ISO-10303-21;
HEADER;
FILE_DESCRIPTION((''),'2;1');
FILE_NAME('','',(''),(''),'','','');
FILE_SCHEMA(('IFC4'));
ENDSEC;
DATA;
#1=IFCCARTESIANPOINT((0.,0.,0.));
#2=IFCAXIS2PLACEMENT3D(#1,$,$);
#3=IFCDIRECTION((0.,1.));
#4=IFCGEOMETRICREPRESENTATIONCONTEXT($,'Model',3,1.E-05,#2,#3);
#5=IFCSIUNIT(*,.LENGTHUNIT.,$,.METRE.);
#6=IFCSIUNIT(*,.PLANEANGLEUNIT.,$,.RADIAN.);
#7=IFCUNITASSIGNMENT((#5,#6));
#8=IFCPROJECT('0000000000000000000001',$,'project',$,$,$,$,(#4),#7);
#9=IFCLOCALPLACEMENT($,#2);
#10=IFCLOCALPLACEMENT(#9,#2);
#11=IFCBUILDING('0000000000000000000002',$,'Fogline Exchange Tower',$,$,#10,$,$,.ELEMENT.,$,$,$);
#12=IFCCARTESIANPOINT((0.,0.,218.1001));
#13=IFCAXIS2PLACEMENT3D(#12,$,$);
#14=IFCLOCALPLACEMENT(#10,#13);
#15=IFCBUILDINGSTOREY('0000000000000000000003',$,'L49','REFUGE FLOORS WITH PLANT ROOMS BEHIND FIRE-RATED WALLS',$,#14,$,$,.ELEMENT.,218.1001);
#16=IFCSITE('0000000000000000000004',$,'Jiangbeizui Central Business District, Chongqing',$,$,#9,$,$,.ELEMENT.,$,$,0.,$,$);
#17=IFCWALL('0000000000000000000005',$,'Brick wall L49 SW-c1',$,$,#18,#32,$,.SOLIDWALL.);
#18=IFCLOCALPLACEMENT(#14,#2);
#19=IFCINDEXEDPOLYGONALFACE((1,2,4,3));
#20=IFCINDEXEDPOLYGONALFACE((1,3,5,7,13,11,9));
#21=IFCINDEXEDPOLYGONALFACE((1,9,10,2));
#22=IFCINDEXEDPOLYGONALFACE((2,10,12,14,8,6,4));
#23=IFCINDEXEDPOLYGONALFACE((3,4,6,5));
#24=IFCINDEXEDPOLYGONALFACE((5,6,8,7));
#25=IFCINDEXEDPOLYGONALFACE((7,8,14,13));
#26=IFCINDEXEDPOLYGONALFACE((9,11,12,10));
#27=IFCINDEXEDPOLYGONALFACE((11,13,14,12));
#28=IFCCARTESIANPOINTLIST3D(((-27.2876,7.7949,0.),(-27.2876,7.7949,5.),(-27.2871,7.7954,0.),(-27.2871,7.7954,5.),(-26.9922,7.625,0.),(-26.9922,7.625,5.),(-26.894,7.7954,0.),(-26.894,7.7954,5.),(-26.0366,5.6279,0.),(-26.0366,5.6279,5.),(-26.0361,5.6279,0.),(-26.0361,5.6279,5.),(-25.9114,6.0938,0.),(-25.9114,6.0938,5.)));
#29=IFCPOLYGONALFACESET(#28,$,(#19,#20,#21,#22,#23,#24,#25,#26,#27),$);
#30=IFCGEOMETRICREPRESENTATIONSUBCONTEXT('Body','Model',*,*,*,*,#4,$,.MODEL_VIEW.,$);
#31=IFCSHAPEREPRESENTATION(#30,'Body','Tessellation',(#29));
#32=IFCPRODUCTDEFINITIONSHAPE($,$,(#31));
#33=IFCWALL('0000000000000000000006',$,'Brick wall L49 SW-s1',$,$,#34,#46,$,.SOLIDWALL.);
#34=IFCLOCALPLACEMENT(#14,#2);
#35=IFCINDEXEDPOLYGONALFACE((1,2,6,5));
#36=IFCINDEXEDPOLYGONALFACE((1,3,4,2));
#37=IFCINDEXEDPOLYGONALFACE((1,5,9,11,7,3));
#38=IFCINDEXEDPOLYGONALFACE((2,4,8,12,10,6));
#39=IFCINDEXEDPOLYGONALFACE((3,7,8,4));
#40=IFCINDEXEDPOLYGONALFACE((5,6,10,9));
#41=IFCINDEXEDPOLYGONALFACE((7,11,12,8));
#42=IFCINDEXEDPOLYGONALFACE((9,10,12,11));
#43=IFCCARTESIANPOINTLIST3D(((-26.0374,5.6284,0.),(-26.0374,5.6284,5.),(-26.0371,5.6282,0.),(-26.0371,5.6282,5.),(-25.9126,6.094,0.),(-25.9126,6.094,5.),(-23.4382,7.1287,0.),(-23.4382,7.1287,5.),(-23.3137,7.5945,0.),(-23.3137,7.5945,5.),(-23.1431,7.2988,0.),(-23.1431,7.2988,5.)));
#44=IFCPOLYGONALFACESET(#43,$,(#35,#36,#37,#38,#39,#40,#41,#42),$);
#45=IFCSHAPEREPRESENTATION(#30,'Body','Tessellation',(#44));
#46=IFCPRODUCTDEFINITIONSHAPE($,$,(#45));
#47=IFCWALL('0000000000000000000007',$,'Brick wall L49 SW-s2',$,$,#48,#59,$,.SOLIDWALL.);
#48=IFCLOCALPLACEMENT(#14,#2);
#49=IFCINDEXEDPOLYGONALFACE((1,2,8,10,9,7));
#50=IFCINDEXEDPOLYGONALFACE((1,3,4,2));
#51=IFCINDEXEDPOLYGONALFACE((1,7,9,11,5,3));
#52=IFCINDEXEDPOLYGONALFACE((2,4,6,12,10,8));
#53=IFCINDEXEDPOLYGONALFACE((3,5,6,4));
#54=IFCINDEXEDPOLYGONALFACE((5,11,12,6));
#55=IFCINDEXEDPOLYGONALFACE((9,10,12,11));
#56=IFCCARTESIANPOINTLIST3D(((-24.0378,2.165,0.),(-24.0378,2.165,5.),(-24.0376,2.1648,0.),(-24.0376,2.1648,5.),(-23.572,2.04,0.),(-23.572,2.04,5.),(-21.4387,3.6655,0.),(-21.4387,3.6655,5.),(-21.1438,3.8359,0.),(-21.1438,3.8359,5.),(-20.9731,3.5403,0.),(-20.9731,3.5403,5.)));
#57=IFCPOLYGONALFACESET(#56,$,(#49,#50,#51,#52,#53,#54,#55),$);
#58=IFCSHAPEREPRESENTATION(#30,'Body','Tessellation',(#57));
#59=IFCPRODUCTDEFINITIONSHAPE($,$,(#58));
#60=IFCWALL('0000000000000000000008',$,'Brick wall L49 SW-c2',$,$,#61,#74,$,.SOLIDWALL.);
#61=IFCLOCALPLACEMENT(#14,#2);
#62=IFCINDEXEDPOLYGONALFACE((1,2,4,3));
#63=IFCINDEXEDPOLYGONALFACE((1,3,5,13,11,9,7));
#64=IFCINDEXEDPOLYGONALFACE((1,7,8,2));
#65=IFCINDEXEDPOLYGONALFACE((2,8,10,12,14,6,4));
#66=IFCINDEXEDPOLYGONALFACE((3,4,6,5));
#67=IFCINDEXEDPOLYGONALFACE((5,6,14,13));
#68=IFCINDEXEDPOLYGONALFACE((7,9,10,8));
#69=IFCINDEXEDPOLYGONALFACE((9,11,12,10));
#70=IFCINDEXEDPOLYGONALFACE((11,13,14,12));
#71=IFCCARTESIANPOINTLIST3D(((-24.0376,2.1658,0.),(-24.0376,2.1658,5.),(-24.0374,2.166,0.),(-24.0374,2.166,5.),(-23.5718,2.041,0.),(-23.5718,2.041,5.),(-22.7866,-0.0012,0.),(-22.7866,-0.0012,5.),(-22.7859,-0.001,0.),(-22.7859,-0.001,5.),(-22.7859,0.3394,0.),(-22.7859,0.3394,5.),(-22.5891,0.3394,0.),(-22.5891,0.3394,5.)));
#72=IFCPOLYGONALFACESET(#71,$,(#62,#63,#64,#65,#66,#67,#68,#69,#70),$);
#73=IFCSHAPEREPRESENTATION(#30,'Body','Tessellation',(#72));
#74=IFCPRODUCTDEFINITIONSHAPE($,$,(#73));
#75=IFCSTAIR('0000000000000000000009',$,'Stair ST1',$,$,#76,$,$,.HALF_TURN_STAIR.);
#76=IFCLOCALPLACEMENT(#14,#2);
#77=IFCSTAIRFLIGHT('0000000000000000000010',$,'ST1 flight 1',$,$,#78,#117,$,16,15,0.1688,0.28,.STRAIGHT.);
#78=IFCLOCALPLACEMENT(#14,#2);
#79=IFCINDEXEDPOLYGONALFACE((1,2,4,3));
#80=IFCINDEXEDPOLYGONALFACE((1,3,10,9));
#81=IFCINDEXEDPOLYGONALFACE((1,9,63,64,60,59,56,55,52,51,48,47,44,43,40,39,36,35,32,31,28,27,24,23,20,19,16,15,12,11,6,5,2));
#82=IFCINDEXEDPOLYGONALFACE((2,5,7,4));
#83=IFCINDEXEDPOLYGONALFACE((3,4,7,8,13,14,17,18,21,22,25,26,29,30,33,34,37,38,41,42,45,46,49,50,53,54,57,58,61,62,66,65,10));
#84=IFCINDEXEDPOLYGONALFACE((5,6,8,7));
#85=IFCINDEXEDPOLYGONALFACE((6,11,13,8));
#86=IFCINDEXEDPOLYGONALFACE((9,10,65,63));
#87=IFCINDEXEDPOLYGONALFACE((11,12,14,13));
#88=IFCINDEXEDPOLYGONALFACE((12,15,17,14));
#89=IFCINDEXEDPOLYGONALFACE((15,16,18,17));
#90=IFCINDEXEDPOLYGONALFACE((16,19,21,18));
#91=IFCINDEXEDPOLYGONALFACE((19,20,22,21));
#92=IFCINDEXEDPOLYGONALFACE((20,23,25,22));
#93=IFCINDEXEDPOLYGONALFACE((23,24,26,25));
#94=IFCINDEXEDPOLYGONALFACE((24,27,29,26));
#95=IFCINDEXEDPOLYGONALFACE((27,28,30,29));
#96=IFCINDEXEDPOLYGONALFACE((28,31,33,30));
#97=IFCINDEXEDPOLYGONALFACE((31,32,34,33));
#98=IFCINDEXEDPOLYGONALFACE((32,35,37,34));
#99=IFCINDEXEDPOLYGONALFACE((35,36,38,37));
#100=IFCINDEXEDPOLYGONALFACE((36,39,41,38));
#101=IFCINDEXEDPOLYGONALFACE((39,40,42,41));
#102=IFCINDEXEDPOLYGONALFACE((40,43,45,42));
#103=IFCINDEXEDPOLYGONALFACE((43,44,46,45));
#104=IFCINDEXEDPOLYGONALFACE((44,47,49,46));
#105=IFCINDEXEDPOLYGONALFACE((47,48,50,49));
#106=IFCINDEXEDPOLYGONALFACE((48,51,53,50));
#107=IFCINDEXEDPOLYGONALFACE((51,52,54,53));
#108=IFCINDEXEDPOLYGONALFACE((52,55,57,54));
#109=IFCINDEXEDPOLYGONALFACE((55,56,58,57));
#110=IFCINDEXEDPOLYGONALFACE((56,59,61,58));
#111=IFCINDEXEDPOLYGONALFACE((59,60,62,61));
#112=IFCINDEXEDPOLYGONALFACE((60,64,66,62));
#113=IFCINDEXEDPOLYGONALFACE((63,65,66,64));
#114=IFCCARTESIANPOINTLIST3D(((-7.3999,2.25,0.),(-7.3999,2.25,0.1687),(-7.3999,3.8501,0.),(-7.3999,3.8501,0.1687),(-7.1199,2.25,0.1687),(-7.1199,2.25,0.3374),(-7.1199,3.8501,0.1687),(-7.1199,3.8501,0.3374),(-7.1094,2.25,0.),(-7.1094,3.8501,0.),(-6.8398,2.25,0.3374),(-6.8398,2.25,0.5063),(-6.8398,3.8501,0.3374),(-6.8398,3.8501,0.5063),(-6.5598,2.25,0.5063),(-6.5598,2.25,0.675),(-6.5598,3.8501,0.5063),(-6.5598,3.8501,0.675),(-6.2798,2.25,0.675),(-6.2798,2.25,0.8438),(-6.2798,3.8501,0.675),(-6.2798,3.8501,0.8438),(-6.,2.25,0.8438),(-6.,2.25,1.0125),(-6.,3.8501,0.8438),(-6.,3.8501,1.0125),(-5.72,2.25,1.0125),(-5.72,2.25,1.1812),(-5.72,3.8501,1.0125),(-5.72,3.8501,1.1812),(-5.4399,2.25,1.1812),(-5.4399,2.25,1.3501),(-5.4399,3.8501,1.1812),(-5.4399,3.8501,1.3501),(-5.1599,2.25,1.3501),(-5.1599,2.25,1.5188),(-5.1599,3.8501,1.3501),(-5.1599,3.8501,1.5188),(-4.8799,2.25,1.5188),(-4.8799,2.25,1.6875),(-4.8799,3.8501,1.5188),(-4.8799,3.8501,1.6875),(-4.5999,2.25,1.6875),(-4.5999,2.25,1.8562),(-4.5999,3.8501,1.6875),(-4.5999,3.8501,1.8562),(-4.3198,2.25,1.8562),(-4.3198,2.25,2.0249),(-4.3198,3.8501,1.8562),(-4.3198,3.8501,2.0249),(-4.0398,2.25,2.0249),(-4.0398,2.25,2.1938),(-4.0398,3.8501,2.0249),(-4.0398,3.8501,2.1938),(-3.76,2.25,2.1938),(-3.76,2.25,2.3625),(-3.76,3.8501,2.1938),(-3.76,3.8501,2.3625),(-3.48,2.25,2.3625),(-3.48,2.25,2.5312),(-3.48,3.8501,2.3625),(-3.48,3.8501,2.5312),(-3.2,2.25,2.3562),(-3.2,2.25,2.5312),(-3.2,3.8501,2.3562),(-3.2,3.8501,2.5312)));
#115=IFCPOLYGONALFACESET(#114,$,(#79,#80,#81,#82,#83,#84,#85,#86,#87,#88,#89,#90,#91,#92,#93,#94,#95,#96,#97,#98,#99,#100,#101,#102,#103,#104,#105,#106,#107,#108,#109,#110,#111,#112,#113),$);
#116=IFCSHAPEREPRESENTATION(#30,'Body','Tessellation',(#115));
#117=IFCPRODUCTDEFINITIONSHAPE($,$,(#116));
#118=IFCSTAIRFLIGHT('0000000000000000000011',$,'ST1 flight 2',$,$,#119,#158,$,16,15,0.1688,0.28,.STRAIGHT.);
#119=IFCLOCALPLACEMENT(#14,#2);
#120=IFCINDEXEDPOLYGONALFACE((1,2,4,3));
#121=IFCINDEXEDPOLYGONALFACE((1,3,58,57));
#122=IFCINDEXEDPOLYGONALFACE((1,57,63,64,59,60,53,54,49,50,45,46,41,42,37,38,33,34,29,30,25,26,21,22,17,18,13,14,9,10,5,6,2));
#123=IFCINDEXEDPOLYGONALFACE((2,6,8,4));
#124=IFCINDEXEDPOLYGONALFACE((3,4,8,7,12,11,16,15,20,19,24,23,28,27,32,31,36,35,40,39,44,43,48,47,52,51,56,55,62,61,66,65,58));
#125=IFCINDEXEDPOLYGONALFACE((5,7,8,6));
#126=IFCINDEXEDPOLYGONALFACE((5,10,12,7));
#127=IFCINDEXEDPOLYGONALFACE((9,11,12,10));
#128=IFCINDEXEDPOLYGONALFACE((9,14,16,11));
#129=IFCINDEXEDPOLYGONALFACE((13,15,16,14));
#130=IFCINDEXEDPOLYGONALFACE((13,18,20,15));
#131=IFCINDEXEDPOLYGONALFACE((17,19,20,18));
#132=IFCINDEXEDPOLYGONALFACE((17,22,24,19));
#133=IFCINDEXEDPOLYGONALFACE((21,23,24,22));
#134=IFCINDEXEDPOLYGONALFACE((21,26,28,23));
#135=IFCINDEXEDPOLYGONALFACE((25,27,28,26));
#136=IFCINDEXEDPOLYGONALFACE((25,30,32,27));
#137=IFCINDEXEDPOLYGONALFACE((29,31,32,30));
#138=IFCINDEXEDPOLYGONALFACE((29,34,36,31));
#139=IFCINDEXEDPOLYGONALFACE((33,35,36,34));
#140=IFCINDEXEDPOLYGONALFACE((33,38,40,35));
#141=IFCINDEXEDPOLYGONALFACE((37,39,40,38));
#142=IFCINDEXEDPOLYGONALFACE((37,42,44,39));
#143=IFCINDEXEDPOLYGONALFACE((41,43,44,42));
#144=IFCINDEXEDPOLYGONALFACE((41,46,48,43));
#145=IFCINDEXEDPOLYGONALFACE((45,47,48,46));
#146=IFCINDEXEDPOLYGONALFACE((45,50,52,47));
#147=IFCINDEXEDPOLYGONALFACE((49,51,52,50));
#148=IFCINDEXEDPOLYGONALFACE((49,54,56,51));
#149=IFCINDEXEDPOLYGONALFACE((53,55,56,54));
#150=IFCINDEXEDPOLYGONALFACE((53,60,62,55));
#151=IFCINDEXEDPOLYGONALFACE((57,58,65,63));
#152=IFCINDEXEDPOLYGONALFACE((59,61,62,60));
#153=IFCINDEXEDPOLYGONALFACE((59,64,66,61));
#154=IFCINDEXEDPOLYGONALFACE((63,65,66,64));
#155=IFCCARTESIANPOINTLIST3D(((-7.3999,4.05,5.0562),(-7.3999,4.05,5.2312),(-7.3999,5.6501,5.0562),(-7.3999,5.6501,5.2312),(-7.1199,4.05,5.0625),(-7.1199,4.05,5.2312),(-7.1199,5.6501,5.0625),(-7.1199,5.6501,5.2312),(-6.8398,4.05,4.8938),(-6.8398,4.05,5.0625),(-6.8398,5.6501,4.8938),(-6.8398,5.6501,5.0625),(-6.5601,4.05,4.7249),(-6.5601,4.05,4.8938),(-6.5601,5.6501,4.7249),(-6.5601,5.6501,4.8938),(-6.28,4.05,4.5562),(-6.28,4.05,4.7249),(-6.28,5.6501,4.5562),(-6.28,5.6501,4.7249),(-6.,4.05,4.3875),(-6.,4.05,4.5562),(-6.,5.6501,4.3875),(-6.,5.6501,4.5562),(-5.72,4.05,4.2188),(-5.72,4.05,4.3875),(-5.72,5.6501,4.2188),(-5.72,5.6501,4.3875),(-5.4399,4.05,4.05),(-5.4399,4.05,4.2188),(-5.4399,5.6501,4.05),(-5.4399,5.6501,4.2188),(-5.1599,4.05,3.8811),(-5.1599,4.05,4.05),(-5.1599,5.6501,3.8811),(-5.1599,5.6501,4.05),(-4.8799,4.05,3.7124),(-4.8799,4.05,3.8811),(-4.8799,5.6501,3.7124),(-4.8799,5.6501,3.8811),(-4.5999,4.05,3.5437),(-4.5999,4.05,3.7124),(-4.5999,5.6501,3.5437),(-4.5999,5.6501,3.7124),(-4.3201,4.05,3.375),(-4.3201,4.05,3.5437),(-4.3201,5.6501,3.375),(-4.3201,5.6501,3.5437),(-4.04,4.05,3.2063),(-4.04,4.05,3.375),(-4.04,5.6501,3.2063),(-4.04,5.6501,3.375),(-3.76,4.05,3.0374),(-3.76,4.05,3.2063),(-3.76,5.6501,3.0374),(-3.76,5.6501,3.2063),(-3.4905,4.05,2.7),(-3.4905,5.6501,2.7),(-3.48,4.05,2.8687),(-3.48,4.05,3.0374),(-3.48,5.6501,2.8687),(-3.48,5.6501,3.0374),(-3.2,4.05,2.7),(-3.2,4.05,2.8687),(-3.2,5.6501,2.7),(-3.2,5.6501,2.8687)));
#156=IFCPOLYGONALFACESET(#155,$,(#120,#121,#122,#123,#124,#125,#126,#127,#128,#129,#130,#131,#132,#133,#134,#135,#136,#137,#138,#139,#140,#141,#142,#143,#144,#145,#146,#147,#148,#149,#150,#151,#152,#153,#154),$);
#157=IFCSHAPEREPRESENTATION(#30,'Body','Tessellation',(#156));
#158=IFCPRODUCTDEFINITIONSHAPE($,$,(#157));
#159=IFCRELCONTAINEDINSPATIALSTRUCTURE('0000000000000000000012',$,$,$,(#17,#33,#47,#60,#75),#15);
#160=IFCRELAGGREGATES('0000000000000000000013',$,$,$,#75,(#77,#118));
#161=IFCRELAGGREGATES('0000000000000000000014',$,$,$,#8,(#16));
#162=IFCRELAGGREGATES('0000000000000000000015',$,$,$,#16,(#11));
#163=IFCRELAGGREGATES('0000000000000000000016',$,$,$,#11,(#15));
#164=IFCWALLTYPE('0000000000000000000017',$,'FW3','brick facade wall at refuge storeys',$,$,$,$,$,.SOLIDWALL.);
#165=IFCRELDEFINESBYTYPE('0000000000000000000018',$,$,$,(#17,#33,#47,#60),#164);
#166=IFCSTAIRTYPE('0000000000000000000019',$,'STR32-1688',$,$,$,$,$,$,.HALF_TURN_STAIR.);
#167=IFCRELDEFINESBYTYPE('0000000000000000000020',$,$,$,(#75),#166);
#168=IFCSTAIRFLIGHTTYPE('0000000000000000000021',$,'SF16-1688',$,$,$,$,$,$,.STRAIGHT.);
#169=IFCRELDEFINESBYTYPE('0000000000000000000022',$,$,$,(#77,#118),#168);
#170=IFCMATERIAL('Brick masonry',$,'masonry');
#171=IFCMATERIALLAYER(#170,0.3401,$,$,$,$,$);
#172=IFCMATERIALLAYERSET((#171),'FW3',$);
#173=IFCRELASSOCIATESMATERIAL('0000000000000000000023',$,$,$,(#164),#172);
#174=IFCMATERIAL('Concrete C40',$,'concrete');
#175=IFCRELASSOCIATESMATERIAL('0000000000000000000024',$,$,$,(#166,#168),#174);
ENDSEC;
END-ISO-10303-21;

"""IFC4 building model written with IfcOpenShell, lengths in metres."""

from ifc_helpers import new_model, si_unit, direction, frame, origin, place, context, subcontext, project, spatial, polyline, outline, extrude, material, layer, layer_set, type_object, element, aggregate, save


model = new_model("IFC4")

# Units and contexts
model_context = context("Model", 3, precision=1e-05, world=origin(), true_north=direction((0.0, 1.0)))
body_context = subcontext(model_context, "Body", "Model", "MODEL_VIEW")
ifc_project = project(units=[si_unit("LENGTHUNIT", "METRE"), si_unit("PLANEANGLEUNIT", "RADIAN")], contexts=[model_context])

# Site, building, storey
site_placement = place(None, origin())
site = spatial("IfcSite", under=ifc_project, at=site_placement, Name="Jiangbeizui Central Business District, Chongqing", CompositionType="ELEMENT", RefElevation=0.0)
building_placement = place(site_placement, origin())
building = spatial("IfcBuilding", under=site, at=building_placement, Name="Fogline Exchange Tower", CompositionType="ELEMENT")
storey_placement = place(building_placement, frame((0.0, 0.0, 218.1001)))
storey = spatial("IfcBuildingStorey", under=building, at=storey_placement, Name="L49", Description="REFUGE FLOORS WITH PLANT ROOMS BEHIND FIRE-RATED WALLS", CompositionType="ELEMENT", Elevation=218.1001)

# Shared definitions
ifc_material_1 = material(Name="Concrete C40", Category="concrete")

# Walls
ifc_material_2 = material(Name="Brick masonry", Category="masonry")
ifc_layer_1 = layer(ifc_material_2, 0.3401)
ifc_layer_set_1 = layer_set([ifc_layer_1], Name="FW3")
wall_type_1 = type_object("IfcWallType", Name="FW3", Description="brick facade wall at refuge storeys", PredefinedType="SOLIDWALL", material=ifc_layer_set_1)
wall_1_placement = place(storey_placement, origin())
element("IfcWall", 1, at=wall_1_placement, inside=storey, type_object=wall_type_1, Name="Brick wall L49 SW-c1", PredefinedType="SOLIDWALL", context=body_context, shape_type="SweptSolid", body=[
    extrude(outline(polyline([(-26.0366, 5.6279), (-27.2876, 7.7949), (-27.2871, 7.7954), (-26.9922, 7.625), (-26.894, 7.7954), (-25.9114, 6.0938), (-26.0361, 5.6279), (-26.0366, 5.6279)])), origin(), (0.0, 0.0, 1.0), 5.0),
])
wall_2_placement = place(storey_placement, origin())
element("IfcWall", 2, at=wall_2_placement, inside=storey, type_object=wall_type_1, Name="Brick wall L49 SW-s1", PredefinedType="SOLIDWALL", context=body_context, shape_type="SweptSolid", body=[
    extrude(outline(polyline([(-23.3137, 7.5945), (-23.1431, 7.2988), (-23.4382, 7.1287), (-26.0371, 5.6282), (-26.0374, 5.6284), (-25.9126, 6.094), (-23.3137, 7.5945)])), origin(), (0.0, 0.0, 1.0), 5.0),
])
wall_3_placement = place(storey_placement, origin())
element("IfcWall", 3, at=wall_3_placement, inside=storey, type_object=wall_type_1, Name="Brick wall L49 SW-s2", PredefinedType="SOLIDWALL", context=body_context, shape_type="SweptSolid", body=[
    extrude(outline(polyline([(-24.0378, 2.165), (-21.4387, 3.6655), (-21.1438, 3.8359), (-20.9731, 3.5403), (-23.572, 2.04), (-24.0376, 2.1648), (-24.0378, 2.165)])), origin(), (0.0, 0.0, 1.0), 5.0),
])
wall_4_placement = place(storey_placement, origin())
element("IfcWall", 4, at=wall_4_placement, inside=storey, type_object=wall_type_1, Name="Brick wall L49 SW-c2", PredefinedType="SOLIDWALL", context=body_context, shape_type="SweptSolid", body=[
    extrude(outline(polyline([(-22.5891, 0.3394), (-22.7859, 0.3394), (-22.7859, -0.001), (-22.7866, -0.0012), (-24.0376, 2.1658), (-24.0374, 2.166), (-23.5718, 2.041), (-22.5891, 0.3394)])), origin(), (0.0, 0.0, 1.0), 5.0),
])

# Stair, stair flights
stair_type = type_object("IfcStairType", Name="STR32-1688", PredefinedType="HALF_TURN_STAIR", material=ifc_material_1)
stair_placement = place(storey_placement, origin())
stair = element("IfcStair", 5, at=stair_placement, inside=storey, type_object=stair_type, Name="Stair ST1", PredefinedType="HALF_TURN_STAIR")
stair_flight_type = type_object("IfcStairFlightType", Name="SF16-1688", PredefinedType="STRAIGHT", material=ifc_material_1)
stair_flight_1_placement = place(storey_placement, frame((-7.3999, 3.05, 0.0), z_axis=(0.0, 0.0, 1.0), x_axis=(1.0, 0.0, 0.0)))
stair_flight_1 = element("IfcStairFlight", 6, at=stair_flight_1_placement, type_object=stair_flight_type, Name="ST1 flight 1", NumberOfRisers=16, NumberOfTreads=15, PredefinedType="STRAIGHT", RiserHeight=0.1688, TreadLength=0.28, context=body_context, shape_type="SweptSolid", body=[
    extrude(outline(polyline([(0.0, 0.0), (0.0, 0.1687), (0.28, 0.1687), (0.28, 0.3374), (0.5601, 0.3374), (0.5601, 0.5063), (0.8401, 0.5063), (0.8401, 0.675), (1.1201, 0.675), (1.1201, 0.8438), (1.3999, 0.8438), (1.3999, 1.0125), (1.6799, 1.0125), (1.6799, 1.1812), (1.96, 1.1812), (1.96, 1.3501), (2.24, 1.3501), (2.24, 1.5188), (2.52, 1.5188), (2.52, 1.6875), (2.8, 1.6875), (2.8, 1.8562), (3.0801, 1.8562), (3.0801, 2.0249), (3.3601, 2.0249), (3.3601, 2.1938), (3.6399, 2.1938), (3.6399, 2.3625), (3.9199, 2.3625), (3.9199, 2.5312), (4.2, 2.5312), (4.2, 2.7), (4.2, 2.3562), (0.2905, 0.0), (0.0, 0.0)])), frame((0.0, 0.8, 0.0), z_axis=(0.0, -1.0, 0.0), x_axis=(1.0, 0.0, 0.0)), (0.0, 0.0, 1.0), 1.6001),
])
stair_flight_2_placement = place(storey_placement, frame((-3.2, 4.8501, 2.7), z_axis=(0.0, 0.0, 1.0), x_axis=(-1.0, 0.0, 0.0)))
stair_flight_2 = element("IfcStairFlight", 7, at=stair_flight_2_placement, type_object=stair_flight_type, Name="ST1 flight 2", NumberOfRisers=16, NumberOfTreads=15, PredefinedType="STRAIGHT", RiserHeight=0.1688, TreadLength=0.28, context=body_context, shape_type="SweptSolid", body=[
    extrude(outline(polyline([(0.0, 0.0), (0.0, 0.1687), (0.28, 0.1687), (0.28, 0.3374), (0.5601, 0.3374), (0.5601, 0.5063), (0.8401, 0.5063), (0.8401, 0.675), (1.1201, 0.675), (1.1201, 0.8438), (1.3999, 0.8438), (1.3999, 1.0125), (1.6799, 1.0125), (1.6799, 1.1812), (1.96, 1.1812), (1.96, 1.3501), (2.24, 1.3501), (2.24, 1.5188), (2.52, 1.5188), (2.52, 1.6875), (2.8, 1.6875), (2.8, 1.8562), (3.0801, 1.8562), (3.0801, 2.0249), (3.3601, 2.0249), (3.3601, 2.1938), (3.6399, 2.1938), (3.6399, 2.3625), (3.9199, 2.3625), (3.9199, 2.5312), (4.2, 2.5312), (4.2, 2.7), (4.2, 2.3562), (0.2905, 0.0), (0.0, 0.0)])), frame((0.0, 0.8, 0.0), z_axis=(0.0, -1.0, 0.0), x_axis=(1.0, 0.0, 0.0)), (0.0, 0.0, 1.0), 1.6001),
])
aggregate(stair, [stair_flight_1, stair_flight_2])

save(model, "model.ifc")
